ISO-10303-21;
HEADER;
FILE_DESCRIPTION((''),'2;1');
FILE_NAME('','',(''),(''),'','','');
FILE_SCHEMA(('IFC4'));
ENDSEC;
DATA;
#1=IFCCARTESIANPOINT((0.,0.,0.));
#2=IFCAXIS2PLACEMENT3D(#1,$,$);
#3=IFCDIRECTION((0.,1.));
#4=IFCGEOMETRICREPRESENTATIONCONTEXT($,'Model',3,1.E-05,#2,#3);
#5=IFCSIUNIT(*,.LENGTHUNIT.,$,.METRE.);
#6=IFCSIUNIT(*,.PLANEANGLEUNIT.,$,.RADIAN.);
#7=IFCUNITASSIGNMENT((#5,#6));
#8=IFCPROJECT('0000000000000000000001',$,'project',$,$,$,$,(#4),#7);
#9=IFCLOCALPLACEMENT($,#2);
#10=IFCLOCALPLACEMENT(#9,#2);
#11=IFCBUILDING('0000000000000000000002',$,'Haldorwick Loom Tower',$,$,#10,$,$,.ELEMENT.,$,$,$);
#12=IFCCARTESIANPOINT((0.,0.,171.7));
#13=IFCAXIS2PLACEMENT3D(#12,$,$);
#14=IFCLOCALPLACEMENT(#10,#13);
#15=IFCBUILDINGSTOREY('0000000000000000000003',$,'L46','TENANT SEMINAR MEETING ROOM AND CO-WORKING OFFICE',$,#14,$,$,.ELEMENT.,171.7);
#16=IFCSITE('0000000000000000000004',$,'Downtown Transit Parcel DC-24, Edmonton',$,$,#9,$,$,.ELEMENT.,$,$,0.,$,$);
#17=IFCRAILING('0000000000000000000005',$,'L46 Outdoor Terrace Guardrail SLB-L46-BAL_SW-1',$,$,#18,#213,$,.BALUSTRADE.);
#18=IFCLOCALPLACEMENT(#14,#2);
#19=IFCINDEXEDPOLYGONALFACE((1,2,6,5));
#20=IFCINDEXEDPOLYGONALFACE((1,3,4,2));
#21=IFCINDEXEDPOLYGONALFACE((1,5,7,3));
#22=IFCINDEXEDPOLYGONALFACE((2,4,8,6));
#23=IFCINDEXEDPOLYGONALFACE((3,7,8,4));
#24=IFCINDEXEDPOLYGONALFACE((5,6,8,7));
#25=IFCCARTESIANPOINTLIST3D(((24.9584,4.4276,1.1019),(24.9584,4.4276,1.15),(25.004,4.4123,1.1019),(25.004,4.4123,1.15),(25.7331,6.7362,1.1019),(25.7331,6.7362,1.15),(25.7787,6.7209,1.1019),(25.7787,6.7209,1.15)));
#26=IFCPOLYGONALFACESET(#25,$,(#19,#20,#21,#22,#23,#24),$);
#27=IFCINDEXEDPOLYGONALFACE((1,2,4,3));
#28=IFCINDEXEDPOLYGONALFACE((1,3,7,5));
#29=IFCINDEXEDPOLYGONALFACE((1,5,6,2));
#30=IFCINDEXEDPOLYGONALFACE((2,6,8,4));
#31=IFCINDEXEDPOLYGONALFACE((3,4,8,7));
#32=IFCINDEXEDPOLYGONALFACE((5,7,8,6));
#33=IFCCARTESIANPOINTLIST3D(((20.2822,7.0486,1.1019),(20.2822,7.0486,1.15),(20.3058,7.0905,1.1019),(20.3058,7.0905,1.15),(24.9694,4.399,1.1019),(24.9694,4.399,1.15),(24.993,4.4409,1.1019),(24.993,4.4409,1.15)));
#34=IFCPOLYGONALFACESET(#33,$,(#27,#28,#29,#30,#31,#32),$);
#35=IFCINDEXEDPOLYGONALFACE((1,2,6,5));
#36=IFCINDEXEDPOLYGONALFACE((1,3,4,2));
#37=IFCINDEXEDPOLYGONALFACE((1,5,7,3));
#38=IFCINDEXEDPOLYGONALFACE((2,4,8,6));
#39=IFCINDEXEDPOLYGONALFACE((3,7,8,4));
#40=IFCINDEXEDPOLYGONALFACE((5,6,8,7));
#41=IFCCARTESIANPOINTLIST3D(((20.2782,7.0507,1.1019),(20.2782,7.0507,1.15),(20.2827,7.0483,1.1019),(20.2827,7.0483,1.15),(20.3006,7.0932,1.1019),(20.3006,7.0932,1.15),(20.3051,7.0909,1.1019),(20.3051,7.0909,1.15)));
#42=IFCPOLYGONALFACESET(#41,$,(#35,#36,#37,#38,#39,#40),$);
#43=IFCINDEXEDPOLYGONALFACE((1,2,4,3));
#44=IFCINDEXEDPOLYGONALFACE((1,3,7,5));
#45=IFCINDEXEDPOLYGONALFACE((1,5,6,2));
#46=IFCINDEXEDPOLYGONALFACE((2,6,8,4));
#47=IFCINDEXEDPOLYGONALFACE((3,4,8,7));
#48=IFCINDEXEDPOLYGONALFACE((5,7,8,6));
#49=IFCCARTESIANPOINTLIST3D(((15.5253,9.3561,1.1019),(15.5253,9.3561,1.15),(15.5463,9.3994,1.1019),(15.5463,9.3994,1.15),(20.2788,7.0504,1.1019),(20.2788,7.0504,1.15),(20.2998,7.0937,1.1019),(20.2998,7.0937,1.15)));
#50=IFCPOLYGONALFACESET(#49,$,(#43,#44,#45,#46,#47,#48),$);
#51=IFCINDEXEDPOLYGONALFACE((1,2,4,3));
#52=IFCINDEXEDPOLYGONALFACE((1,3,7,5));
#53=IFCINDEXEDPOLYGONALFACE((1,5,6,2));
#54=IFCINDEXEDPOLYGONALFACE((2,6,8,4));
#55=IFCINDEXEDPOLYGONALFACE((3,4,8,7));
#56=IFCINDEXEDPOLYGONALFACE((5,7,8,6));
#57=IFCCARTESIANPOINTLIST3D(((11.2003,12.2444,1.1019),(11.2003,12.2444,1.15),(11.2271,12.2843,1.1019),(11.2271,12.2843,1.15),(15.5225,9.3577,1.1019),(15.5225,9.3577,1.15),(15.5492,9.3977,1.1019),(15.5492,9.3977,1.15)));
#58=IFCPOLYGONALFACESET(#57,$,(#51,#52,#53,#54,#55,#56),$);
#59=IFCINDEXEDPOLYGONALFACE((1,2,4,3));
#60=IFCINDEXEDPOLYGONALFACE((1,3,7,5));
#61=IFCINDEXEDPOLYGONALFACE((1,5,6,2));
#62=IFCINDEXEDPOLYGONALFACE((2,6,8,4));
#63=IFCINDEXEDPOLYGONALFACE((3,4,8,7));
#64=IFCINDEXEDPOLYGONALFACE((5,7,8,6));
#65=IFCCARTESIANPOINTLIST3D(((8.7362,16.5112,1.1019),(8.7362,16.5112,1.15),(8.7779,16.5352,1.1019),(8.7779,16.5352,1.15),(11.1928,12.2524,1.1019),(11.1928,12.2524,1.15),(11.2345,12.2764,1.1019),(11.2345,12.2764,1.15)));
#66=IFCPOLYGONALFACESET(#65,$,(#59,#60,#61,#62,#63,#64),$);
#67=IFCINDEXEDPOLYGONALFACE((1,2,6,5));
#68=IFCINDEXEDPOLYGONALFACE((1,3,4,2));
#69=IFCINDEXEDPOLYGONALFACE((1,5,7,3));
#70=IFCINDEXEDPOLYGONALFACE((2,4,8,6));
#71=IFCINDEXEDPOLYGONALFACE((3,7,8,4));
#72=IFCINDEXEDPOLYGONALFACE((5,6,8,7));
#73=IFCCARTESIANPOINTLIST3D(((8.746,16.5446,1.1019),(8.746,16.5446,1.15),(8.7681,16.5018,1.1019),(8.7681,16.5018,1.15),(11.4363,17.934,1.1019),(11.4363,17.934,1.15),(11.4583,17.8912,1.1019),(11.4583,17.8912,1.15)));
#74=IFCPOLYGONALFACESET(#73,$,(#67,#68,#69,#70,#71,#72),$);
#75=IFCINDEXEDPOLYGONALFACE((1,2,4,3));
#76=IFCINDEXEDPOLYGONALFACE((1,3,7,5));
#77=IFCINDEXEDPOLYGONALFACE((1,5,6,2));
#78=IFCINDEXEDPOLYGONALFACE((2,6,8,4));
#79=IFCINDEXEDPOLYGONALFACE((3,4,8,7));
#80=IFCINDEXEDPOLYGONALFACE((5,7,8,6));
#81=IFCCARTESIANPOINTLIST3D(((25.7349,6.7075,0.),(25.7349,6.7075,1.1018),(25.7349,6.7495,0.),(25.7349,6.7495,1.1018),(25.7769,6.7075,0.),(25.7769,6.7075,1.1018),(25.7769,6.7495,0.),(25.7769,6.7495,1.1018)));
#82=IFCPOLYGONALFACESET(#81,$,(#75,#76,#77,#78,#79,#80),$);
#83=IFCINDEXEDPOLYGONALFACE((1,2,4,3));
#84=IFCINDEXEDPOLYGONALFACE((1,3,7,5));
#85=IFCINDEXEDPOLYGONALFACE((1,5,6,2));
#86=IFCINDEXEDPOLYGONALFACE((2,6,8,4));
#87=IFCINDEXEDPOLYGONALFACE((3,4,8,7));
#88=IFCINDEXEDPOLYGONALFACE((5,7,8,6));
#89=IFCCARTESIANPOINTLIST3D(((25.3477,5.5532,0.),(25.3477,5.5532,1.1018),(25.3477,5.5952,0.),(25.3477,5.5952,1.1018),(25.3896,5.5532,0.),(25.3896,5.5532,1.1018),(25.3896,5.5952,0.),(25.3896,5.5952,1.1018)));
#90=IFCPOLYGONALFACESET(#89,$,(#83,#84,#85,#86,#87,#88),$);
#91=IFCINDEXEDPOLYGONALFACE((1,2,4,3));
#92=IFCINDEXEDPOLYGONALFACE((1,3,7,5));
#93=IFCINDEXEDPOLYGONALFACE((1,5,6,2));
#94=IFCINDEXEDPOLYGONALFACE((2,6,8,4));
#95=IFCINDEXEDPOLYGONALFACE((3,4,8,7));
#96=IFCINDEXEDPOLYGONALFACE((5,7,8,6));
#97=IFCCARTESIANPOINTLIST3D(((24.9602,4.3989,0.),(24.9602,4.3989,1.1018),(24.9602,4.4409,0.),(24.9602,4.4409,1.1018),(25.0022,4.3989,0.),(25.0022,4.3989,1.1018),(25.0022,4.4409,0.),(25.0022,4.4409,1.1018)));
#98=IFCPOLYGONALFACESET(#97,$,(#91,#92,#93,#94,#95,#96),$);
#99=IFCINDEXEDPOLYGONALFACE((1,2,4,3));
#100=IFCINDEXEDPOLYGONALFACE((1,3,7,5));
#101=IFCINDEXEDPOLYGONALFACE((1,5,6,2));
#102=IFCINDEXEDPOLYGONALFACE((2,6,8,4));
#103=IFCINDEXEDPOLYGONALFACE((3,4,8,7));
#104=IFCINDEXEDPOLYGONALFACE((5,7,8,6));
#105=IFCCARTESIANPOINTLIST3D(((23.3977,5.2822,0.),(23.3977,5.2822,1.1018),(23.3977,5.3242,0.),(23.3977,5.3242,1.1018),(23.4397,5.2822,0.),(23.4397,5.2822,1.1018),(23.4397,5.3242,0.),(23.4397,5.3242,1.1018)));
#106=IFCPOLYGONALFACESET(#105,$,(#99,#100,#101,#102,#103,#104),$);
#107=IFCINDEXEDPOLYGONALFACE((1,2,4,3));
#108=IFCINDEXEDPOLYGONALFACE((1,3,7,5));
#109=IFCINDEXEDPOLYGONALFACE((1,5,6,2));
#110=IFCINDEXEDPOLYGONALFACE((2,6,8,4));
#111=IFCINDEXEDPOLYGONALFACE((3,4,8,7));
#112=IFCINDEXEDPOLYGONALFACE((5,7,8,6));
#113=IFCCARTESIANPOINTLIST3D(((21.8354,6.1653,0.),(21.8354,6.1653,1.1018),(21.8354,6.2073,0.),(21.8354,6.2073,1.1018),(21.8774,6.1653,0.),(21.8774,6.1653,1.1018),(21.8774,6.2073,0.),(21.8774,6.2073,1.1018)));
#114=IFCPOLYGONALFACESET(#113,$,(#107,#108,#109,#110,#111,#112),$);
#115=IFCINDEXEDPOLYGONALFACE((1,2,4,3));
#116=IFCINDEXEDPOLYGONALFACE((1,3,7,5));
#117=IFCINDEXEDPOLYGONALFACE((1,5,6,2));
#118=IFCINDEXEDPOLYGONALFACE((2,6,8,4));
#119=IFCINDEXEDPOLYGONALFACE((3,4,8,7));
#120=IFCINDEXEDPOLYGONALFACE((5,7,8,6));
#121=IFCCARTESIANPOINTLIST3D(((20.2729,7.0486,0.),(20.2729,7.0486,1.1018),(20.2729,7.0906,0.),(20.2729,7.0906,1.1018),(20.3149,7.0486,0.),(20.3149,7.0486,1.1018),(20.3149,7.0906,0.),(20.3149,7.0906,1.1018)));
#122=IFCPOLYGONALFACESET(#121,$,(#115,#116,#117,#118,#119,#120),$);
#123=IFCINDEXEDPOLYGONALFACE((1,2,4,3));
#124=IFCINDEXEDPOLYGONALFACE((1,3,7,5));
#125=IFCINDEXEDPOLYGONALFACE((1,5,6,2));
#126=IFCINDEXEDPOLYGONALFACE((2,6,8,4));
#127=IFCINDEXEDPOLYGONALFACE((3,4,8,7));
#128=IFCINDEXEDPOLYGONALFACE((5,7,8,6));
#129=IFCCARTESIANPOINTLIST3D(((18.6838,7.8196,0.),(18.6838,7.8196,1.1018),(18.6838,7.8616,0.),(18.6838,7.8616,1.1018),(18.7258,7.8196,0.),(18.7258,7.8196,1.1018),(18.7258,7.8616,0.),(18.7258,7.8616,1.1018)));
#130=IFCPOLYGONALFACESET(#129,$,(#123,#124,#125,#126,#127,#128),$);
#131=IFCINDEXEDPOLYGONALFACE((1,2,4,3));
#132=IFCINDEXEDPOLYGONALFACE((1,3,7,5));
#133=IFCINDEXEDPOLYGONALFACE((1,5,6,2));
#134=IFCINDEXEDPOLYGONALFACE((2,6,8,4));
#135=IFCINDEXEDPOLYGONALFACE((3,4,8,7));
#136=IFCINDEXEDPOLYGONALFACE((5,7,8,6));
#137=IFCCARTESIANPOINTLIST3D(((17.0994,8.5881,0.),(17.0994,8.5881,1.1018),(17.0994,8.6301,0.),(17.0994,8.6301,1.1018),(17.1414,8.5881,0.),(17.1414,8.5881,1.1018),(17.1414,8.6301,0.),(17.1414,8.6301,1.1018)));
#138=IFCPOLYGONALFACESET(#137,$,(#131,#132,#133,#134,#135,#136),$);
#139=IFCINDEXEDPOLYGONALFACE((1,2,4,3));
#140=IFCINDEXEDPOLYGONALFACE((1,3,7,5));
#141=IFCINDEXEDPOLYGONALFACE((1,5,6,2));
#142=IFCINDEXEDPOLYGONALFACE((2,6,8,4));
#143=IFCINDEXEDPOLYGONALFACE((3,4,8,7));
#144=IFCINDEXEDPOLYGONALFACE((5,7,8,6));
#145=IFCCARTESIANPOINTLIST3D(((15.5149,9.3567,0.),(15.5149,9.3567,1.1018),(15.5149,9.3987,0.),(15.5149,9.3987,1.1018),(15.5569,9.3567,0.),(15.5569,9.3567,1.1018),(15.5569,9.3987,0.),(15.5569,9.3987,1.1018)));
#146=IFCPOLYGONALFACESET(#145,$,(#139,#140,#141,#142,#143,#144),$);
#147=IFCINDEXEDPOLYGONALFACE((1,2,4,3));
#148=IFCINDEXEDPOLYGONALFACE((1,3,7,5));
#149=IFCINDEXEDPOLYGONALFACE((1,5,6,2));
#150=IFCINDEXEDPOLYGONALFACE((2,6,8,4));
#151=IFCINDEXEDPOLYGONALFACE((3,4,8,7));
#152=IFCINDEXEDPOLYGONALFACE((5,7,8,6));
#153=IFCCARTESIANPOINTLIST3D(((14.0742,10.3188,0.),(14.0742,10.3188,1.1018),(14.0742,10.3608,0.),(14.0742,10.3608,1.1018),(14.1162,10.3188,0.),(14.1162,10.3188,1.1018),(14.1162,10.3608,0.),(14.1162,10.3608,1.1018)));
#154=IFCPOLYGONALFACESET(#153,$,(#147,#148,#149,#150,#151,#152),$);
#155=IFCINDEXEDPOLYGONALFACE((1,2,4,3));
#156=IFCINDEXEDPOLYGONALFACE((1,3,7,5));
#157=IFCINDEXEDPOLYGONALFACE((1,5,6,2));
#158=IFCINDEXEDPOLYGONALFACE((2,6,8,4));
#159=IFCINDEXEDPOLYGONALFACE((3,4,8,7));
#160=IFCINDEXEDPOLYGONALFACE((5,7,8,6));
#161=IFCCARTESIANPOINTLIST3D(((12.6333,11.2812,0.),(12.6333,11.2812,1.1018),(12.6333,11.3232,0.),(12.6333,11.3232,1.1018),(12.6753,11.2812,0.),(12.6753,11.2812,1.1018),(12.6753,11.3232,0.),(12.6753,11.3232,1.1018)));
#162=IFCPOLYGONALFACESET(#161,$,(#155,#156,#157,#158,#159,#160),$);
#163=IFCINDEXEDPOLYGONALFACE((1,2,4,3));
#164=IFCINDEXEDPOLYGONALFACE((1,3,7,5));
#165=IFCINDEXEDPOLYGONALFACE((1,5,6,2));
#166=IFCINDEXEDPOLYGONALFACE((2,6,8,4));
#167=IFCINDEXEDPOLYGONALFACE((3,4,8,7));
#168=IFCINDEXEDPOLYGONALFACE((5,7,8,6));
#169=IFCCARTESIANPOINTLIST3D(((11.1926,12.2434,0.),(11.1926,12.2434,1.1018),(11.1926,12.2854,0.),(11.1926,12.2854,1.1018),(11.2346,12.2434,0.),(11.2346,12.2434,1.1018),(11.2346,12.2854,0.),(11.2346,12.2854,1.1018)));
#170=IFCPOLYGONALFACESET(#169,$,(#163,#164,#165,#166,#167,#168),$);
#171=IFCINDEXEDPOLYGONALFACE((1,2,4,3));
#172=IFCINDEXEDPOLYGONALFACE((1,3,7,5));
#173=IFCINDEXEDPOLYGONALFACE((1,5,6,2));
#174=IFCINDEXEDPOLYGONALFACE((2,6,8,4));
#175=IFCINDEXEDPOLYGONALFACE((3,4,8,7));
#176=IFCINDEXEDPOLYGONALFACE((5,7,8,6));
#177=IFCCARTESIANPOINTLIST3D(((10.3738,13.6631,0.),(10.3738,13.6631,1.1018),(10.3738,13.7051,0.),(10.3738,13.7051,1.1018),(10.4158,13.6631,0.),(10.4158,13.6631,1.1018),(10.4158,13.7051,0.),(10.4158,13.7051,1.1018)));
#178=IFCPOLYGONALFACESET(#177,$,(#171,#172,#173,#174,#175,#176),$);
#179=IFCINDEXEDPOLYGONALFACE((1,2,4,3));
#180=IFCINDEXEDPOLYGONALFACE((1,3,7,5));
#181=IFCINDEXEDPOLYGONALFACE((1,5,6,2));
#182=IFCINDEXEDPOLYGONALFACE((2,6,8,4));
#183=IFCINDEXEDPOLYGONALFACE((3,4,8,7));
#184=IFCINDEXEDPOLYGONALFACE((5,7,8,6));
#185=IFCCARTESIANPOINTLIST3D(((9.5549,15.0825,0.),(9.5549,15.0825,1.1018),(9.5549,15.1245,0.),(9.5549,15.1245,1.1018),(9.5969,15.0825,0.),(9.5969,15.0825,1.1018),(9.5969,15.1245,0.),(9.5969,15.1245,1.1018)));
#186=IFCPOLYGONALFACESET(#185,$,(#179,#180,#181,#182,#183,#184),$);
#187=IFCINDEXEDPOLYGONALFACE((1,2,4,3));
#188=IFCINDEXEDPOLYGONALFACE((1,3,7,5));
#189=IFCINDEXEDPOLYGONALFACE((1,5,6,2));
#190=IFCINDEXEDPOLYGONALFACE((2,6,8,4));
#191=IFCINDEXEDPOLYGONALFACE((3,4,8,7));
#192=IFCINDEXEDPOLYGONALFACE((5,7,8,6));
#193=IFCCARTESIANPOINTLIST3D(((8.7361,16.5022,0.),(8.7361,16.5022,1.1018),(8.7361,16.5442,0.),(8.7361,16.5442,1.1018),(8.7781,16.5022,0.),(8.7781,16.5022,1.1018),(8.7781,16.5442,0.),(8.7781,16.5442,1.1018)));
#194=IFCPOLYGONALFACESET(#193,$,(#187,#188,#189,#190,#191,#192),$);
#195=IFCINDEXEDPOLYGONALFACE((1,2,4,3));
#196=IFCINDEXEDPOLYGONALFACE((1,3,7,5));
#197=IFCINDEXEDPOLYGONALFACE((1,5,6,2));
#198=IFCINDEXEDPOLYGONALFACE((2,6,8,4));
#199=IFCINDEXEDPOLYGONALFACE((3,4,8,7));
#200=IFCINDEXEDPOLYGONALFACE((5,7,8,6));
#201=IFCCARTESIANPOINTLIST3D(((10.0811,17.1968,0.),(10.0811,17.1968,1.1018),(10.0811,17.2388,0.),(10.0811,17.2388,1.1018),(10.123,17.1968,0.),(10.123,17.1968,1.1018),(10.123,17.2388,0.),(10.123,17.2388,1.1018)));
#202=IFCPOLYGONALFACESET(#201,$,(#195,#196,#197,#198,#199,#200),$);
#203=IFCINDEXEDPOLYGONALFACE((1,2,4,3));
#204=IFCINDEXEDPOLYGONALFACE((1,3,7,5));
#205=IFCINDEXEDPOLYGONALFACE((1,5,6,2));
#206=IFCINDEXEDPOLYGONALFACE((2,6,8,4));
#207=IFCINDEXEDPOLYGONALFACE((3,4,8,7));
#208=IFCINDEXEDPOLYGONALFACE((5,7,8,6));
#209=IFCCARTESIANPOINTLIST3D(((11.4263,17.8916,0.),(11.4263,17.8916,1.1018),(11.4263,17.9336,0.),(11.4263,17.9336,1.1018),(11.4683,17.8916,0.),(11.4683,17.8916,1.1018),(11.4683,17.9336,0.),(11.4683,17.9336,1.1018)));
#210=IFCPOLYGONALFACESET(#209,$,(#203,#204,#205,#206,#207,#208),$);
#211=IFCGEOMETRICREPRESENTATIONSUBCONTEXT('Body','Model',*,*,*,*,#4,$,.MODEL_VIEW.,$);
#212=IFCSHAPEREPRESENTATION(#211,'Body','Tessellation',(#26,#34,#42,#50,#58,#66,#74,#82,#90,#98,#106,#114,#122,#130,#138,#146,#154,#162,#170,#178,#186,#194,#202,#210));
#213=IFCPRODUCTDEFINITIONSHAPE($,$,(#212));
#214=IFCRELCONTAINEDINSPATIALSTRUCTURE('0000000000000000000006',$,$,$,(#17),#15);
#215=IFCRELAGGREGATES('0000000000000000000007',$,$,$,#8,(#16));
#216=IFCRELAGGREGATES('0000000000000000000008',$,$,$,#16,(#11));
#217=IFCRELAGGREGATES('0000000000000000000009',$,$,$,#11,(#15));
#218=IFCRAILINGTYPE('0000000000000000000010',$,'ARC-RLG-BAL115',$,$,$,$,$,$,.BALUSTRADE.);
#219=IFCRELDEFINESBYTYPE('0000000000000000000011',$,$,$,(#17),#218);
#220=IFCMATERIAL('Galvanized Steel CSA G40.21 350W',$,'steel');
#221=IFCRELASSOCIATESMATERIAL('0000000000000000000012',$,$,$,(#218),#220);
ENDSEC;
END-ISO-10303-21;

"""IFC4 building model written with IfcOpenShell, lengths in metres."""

from ifc_helpers import new_model, si_unit, direction, frame, origin, origin_2d, place, context, subcontext, project, spatial, rectangle, extrude, material, type_object, element, save


model = new_model("IFC4")

# Units and contexts
model_context = context("Model", 3, precision=1e-05, world=origin(), true_north=direction((0.0, 1.0)))
body_context = subcontext(model_context, "Body", "Model", "MODEL_VIEW")
ifc_project = project(units=[si_unit("LENGTHUNIT", "METRE"), si_unit("PLANEANGLEUNIT", "RADIAN")], contexts=[model_context])

# Site, building, storey
site_placement = place(None, origin())
site = spatial("IfcSite", under=ifc_project, at=site_placement, Name="Downtown Transit Parcel DC-24, Edmonton", CompositionType="ELEMENT", RefElevation=0.0)
building_placement = place(site_placement, origin())
building = spatial("IfcBuilding", under=site, at=building_placement, Name="Haldorwick Loom Tower", CompositionType="ELEMENT")
storey_placement = place(building_placement, frame((0.0, 0.0, 171.7)))
storey = spatial("IfcBuildingStorey", under=building, at=storey_placement, Name="L46", Description="TENANT SEMINAR MEETING ROOM AND CO-WORKING OFFICE", CompositionType="ELEMENT", Elevation=171.7)

# Railing
ifc_material_1 = material(Name="Galvanized Steel CSA G40.21 350W", Category="steel")
railing_type = type_object("IfcRailingType", Name="ARC-RLG-BAL115", PredefinedType="BALUSTRADE", material=ifc_material_1)
railing_placement = place(storey_placement, frame((25.7559, 6.7285, 0.0)))
element("IfcRailing", 1, at=railing_placement, inside=storey, type_object=railing_type, Name="L46 Outdoor Terrace Guardrail SLB-L46-BAL_SW-1", PredefinedType="BALUSTRADE", context=body_context, shape_type="SweptSolid", body=[
    extrude(rectangle(XDim=0.0481, YDim=0.0481, at=origin_2d()), frame((0.0, 0.0, 1.126), z_axis=(-0.318122, -0.94805, 0.0), x_axis=(0.94805, -0.318122, 0.0)), (0.0, 0.0, 1.0), 2.4351),
    extrude(rectangle(XDim=0.0481, YDim=0.0481, at=origin_2d()), frame((-0.7747, -2.3086, 1.126), z_axis=(-0.870536, 0.492105, 0.0), x_axis=(-0.492105, -0.870536, 0.0)), (0.0, 0.0, 1.0), 5.3843),
    extrude(rectangle(XDim=0.0481, YDim=0.0481, at=origin_2d()), frame((-5.4619, 0.3411, 1.126), z_axis=(-0.884918, 0.465746, 0.0), x_axis=(-0.465746, -0.884918, 0.0)), (0.0, 0.0, 1.0), 0.0051),
    extrude(rectangle(XDim=0.0481, YDim=0.0481, at=origin_2d()), frame((-5.4666, 0.3435, 1.126), z_axis=(-0.899742, 0.436423, 0.0), x_axis=(-0.436423, -0.899742, 0.0)), (0.0, 0.0, 1.0), 5.2832),
    extrude(rectangle(XDim=0.0481, YDim=0.0481, at=origin_2d()), frame((-10.22, 2.6492, 1.126), z_axis=(-0.831588, 0.555394, 0.0), x_axis=(-0.555394, -0.831588, 0.0)), (0.0, 0.0, 1.0), 5.1975),
    extrude(rectangle(XDim=0.0481, YDim=0.0481, at=origin_2d()), frame((-14.5422, 5.5359, 1.126), z_axis=(-0.499654, 0.866225, 0.0), x_axis=(-0.866225, -0.499654, 0.0)), (0.0, 0.0, 1.0), 4.9165),
    extrude(rectangle(XDim=0.0481, YDim=0.0481, at=origin_2d()), frame((-16.9988, 9.7947, 1.126), z_axis=(0.888497, 0.458883, 0.0), x_axis=(-0.458883, 0.888497, 0.0)), (0.0, 0.0, 1.0), 3.0278),
    extrude(rectangle(XDim=0.042, YDim=0.042, at=origin_2d()), origin(), (0.0, 0.0, 1.0), 1.1018),
    extrude(rectangle(XDim=0.042, YDim=0.042, at=origin_2d()), frame((-0.3872, -1.1543, 0.0)), (0.0, 0.0, 1.0), 1.1018),
    extrude(rectangle(XDim=0.042, YDim=0.042, at=origin_2d()), frame((-0.7747, -2.3086, 0.0)), (0.0, 0.0, 1.0), 1.1018),
    extrude(rectangle(XDim=0.042, YDim=0.042, at=origin_2d()), frame((-2.3372, -1.4253, 0.0)), (0.0, 0.0, 1.0), 1.1018),
    extrude(rectangle(XDim=0.042, YDim=0.042, at=origin_2d()), frame((-3.8994, -0.5422, 0.0)), (0.0, 0.0, 1.0), 1.1018),
    extrude(rectangle(XDim=0.042, YDim=0.042, at=origin_2d()), frame((-5.4619, 0.3411, 0.0)), (0.0, 0.0, 1.0), 1.1018),
    extrude(rectangle(XDim=0.042, YDim=0.042, at=origin_2d()), frame((-7.051, 1.1121, 0.0)), (0.0, 0.0, 1.0), 1.1018),
    extrude(rectangle(XDim=0.042, YDim=0.042, at=origin_2d()), frame((-8.6355, 1.8806, 0.0)), (0.0, 0.0, 1.0), 1.1018),
    extrude(rectangle(XDim=0.042, YDim=0.042, at=origin_2d()), frame((-10.22, 2.6492, 0.0)), (0.0, 0.0, 1.0), 1.1018),
    extrude(rectangle(XDim=0.042, YDim=0.042, at=origin_2d()), frame((-11.6606, 3.6113, 0.0)), (0.0, 0.0, 1.0), 1.1018),
    extrude(rectangle(XDim=0.042, YDim=0.042, at=origin_2d()), frame((-13.1016, 4.5737, 0.0)), (0.0, 0.0, 1.0), 1.1018),
    extrude(rectangle(XDim=0.042, YDim=0.042, at=origin_2d()), frame((-14.5422, 5.5359, 0.0)), (0.0, 0.0, 1.0), 1.1018),
    extrude(rectangle(XDim=0.042, YDim=0.042, at=origin_2d()), frame((-15.3611, 6.9556, 0.0)), (0.0, 0.0, 1.0), 1.1018),
    extrude(rectangle(XDim=0.042, YDim=0.042, at=origin_2d()), frame((-16.1799, 8.375, 0.0)), (0.0, 0.0, 1.0), 1.1018),
    extrude(rectangle(XDim=0.042, YDim=0.042, at=origin_2d()), frame((-16.9988, 9.7947, 0.0)), (0.0, 0.0, 1.0), 1.1018),
    extrude(rectangle(XDim=0.042, YDim=0.042, at=origin_2d()), frame((-15.6538, 10.4893, 0.0)), (0.0, 0.0, 1.0), 1.1018),
    extrude(rectangle(XDim=0.042, YDim=0.042, at=origin_2d()), frame((-14.3086, 11.1841, 0.0)), (0.0, 0.0, 1.0), 1.1018),
])

save(model, "model.ifc")
